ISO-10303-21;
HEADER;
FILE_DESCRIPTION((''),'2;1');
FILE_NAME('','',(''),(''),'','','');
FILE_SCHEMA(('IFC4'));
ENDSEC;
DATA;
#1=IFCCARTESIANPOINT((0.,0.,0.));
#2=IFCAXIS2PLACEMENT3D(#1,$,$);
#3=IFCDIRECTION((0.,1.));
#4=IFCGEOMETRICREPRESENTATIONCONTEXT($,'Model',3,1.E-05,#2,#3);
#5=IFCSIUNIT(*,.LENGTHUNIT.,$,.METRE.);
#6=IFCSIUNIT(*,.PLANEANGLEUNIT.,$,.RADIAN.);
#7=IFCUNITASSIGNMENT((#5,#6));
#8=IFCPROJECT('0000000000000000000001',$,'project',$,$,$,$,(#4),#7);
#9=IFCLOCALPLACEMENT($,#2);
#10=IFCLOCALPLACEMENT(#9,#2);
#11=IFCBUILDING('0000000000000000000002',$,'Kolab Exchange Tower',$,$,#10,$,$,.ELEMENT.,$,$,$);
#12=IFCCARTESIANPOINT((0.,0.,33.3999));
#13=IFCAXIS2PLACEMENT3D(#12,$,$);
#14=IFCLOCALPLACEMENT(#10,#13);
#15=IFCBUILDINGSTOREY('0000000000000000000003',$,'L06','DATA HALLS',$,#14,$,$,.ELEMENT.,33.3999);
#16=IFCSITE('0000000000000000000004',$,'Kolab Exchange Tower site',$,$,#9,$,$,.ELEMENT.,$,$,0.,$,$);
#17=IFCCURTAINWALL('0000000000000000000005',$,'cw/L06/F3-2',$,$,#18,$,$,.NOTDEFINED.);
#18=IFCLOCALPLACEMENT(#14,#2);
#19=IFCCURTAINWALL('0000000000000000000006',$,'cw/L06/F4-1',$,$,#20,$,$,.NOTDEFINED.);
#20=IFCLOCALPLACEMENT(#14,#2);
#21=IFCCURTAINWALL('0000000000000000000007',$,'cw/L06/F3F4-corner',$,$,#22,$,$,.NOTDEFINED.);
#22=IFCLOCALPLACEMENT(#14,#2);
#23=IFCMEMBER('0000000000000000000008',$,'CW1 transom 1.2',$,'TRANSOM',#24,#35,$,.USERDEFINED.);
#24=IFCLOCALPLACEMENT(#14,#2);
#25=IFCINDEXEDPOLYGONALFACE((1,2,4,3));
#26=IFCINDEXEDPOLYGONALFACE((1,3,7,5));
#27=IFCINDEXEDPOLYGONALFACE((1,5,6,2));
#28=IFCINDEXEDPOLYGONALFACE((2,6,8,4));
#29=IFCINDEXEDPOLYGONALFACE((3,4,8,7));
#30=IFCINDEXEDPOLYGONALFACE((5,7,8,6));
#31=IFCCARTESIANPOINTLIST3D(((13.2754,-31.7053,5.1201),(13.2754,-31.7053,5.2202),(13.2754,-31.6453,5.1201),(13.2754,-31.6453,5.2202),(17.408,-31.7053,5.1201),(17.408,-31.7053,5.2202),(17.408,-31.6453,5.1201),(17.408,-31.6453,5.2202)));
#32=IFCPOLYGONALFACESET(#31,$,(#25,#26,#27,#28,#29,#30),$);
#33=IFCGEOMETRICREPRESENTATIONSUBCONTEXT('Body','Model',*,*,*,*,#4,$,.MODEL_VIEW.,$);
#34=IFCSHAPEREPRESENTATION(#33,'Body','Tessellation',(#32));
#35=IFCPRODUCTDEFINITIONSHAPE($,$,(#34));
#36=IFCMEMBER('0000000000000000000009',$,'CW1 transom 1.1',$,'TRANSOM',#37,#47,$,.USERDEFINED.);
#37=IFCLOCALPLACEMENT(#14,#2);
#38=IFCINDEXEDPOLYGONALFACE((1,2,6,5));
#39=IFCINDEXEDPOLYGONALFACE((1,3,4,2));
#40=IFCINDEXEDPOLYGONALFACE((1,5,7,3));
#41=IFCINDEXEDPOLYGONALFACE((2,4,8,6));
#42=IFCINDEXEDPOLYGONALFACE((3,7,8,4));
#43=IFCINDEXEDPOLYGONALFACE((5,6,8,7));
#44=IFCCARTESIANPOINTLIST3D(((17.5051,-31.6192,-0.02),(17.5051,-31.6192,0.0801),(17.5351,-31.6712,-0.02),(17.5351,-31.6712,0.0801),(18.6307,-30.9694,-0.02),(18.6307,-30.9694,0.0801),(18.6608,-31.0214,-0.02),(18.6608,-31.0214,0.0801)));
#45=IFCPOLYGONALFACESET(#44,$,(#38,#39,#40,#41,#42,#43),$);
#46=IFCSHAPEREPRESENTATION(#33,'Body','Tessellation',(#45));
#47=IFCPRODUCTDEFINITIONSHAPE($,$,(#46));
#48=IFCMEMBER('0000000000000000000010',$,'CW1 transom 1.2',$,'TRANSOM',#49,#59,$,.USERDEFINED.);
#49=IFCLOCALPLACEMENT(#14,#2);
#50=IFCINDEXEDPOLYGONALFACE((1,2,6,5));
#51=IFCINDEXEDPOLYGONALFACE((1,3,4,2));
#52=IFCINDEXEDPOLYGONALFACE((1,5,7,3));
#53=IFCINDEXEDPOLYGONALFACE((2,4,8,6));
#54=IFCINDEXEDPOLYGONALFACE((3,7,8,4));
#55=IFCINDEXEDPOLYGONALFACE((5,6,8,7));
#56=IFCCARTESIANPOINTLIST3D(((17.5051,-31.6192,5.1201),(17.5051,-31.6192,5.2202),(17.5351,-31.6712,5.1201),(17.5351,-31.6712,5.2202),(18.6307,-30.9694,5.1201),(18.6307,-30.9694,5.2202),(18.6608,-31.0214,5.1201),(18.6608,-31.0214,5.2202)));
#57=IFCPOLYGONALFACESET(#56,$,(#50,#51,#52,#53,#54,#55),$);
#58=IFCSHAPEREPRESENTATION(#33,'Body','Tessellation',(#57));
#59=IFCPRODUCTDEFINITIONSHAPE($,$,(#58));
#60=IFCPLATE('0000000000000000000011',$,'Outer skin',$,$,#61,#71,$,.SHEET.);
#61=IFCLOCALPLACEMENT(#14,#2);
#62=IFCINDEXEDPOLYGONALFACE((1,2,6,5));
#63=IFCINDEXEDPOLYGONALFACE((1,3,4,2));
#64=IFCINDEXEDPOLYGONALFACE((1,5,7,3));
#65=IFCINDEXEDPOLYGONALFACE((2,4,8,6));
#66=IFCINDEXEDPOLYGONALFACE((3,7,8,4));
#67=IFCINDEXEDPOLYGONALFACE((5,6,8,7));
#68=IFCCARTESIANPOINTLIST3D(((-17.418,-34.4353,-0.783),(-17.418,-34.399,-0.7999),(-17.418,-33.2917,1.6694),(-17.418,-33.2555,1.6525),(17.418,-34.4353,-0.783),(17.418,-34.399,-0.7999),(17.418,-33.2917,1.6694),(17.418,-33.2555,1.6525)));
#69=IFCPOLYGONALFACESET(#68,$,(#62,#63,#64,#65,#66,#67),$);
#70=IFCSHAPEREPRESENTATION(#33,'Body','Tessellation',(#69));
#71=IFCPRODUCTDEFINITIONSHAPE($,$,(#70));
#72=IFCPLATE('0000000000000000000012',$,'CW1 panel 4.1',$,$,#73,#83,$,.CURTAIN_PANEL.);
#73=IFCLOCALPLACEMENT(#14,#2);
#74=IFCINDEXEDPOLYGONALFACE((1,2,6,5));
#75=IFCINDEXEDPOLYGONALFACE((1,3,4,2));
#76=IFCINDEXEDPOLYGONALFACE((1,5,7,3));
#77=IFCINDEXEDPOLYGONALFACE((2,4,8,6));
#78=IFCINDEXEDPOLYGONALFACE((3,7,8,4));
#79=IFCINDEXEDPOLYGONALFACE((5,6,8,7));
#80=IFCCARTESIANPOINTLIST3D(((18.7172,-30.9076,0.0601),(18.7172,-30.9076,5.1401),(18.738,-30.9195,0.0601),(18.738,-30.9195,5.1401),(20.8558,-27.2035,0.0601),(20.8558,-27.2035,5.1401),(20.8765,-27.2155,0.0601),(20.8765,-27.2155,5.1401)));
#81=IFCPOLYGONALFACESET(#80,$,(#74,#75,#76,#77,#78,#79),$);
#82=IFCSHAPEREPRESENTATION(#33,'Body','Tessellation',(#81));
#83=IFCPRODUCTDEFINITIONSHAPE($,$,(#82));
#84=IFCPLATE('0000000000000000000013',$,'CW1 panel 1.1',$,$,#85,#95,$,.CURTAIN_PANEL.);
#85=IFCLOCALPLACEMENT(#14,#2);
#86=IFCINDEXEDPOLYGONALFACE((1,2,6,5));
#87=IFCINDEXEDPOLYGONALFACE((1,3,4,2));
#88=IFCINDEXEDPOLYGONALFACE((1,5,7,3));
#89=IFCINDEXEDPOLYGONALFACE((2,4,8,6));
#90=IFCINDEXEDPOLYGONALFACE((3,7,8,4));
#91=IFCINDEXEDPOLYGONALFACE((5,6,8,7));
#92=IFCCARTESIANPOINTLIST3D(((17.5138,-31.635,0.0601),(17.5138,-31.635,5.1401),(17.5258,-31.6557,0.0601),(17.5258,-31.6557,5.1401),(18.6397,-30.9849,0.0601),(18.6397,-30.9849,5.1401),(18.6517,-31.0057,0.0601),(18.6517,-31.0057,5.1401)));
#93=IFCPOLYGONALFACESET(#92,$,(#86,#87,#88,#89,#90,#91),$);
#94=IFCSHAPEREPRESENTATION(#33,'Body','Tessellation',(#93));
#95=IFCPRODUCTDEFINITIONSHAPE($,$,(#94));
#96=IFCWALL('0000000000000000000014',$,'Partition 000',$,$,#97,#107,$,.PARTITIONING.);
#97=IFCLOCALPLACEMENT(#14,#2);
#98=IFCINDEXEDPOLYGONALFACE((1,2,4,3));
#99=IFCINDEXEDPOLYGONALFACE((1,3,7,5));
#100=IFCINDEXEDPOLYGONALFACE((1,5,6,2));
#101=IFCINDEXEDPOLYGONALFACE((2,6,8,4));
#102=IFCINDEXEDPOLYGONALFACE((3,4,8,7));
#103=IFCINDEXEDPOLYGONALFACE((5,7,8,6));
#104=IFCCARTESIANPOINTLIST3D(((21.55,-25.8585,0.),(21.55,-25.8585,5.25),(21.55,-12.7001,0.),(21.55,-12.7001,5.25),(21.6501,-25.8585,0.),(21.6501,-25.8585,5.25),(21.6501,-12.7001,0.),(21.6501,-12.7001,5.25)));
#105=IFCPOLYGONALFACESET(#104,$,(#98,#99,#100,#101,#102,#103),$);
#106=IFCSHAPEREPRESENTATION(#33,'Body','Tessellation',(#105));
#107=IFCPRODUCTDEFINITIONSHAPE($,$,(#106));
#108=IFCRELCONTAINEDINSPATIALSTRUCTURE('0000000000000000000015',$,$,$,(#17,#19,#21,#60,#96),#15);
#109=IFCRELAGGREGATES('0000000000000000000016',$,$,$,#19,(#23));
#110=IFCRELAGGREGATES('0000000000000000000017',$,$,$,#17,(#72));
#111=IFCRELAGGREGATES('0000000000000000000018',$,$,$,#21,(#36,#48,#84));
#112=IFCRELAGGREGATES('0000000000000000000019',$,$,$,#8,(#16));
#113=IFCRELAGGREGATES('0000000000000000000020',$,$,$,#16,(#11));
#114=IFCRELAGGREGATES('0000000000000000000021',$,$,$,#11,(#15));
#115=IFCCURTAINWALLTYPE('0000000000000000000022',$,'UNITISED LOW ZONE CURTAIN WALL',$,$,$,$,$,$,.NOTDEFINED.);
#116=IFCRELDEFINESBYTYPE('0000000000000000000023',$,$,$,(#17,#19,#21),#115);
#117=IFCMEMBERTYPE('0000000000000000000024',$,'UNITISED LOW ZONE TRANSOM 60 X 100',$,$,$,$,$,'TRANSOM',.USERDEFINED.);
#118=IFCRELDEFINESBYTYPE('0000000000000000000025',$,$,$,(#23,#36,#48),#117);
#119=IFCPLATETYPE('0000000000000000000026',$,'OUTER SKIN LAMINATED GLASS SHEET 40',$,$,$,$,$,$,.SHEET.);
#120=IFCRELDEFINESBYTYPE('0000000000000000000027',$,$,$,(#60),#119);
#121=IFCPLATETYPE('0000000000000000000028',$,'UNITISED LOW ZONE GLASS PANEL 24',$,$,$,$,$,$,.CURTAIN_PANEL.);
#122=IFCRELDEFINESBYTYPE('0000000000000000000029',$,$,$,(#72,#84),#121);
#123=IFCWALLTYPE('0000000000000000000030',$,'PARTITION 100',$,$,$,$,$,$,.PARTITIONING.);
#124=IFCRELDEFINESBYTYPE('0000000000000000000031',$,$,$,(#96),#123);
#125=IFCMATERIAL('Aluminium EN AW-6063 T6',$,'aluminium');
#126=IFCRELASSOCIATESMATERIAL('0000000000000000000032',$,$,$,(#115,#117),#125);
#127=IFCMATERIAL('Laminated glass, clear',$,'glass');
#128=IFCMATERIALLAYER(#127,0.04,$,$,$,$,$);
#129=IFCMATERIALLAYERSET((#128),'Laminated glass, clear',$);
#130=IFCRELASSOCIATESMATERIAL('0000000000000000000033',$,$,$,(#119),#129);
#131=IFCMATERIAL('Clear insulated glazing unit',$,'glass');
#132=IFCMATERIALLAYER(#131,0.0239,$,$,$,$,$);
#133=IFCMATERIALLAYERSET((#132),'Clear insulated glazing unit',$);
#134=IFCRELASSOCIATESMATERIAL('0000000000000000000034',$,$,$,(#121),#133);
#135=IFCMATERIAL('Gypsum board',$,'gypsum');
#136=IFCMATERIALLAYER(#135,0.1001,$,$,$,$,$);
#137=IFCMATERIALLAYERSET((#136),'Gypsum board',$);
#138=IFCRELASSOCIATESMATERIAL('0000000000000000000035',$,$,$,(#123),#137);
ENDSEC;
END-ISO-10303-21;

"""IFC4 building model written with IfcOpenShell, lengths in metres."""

from ifc_helpers import new_model, si_unit, direction, frame, frame_2d, origin, origin_2d, place, context, subcontext, project, spatial, polyline, rectangle, outline, extrude, material, layer, layer_set, material_profile, profile_set, type_object, element, aggregate, save


model = new_model("IFC4")

# Units and contexts
model_context = context("Model", 3, precision=1e-05, world=origin(), true_north=direction((0.0, 1.0)))
body_context = subcontext(model_context, "Body", "Model", "MODEL_VIEW")
ifc_project = project(units=[si_unit("LENGTHUNIT", "METRE"), si_unit("PLANEANGLEUNIT", "RADIAN")], contexts=[model_context])

# Site, building, storey
site_placement = place(None, origin())
site = spatial("IfcSite", under=ifc_project, at=site_placement, Name="Kolab Exchange Tower site", CompositionType="ELEMENT", RefElevation=0.0)
building_placement = place(site_placement, origin())
building = spatial("IfcBuilding", under=site, at=building_placement, Name="Kolab Exchange Tower", CompositionType="ELEMENT")
storey_placement = place(building_placement, frame((0.0, 0.0, 33.3999)))
storey = spatial("IfcBuildingStorey", under=building, at=storey_placement, Name="L06", Description="DATA HALLS", CompositionType="ELEMENT", Elevation=33.3999)

# Curtain wall
ifc_material_1 = material(Name="Aluminium EN AW-6063 T6", Category="aluminium")
curtain_wall_type = type_object("IfcCurtainWallType", Name="UNITISED LOW ZONE CURTAIN WALL", PredefinedType="NOTDEFINED", material=ifc_material_1)
curtain_wall_1_placement = place(storey_placement, origin())
curtain_wall_1 = element("IfcCurtainWall", 1, at=curtain_wall_1_placement, inside=storey, type_object=curtain_wall_type, Name="cw/L06/F3-2", PredefinedType="NOTDEFINED")

# Curtain wall
curtain_wall_2_placement = place(storey_placement, origin())
curtain_wall_2 = element("IfcCurtainWall", 2, at=curtain_wall_2_placement, inside=storey, type_object=curtain_wall_type, Name="cw/L06/F4-1", PredefinedType="NOTDEFINED")

# Curtain wall
curtain_wall_3_placement = place(storey_placement, origin())
curtain_wall_3 = element("IfcCurtainWall", 3, at=curtain_wall_3_placement, inside=storey, type_object=curtain_wall_type, Name="cw/L06/F3F4-corner", PredefinedType="NOTDEFINED")

# Members
ifc_material_profile_1 = material_profile(ifc_material_1, rectangle(XDim=0.0601, YDim=0.1001, at=origin_2d()), Name="RECT 60X100")
ifc_profile_set_1 = profile_set([ifc_material_profile_1], Name="Aluminium EN AW-6063 T6")
member_type_1 = type_object("IfcMemberType", Name="UNITISED LOW ZONE TRANSOM 60 X 100", ElementType="TRANSOM", PredefinedType="USERDEFINED", material=ifc_profile_set_1)
member_1_placement = place(storey_placement, frame((17.408, -31.6753, 5.1702), z_axis=(-1.0, 0.0, 0.0), x_axis=(0.0, -1.0, 0.0)))
member_1 = element("IfcMember", 4, at=member_1_placement, type_object=member_type_1, Name="CW1 transom 1.2", ObjectType="TRANSOM", PredefinedType="USERDEFINED", context=body_context, shape_type="SweptSolid", body=[
    extrude(rectangle(XDim=0.0601, YDim=0.1001, at=origin_2d()), origin(), (0.0, 0.0, 1.0), 4.1326),
])
aggregate(curtain_wall_2, [member_1])
member_2_placement = place(storey_placement, frame((18.6458, -30.9954, 0.03), z_axis=(-0.866039, -0.499977, 0.0), x_axis=(0.499977, -0.866039, 0.0)))
member_2 = element("IfcMember", 5, at=member_2_placement, type_object=member_type_1, Name="CW1 transom 1.1", ObjectType="TRANSOM", PredefinedType="USERDEFINED", context=body_context, shape_type="SweptSolid", body=[
    extrude(rectangle(XDim=0.0601, YDim=0.1001, at=origin_2d()), origin(), (0.0, 0.0, 1.0), 1.2998),
])
member_3_placement = place(storey_placement, frame((18.6458, -30.9954, 5.1702), z_axis=(-0.866039, -0.499977, 0.0), x_axis=(0.499977, -0.866039, 0.0)))
member_3 = element("IfcMember", 6, at=member_3_placement, type_object=member_type_1, Name="CW1 transom 1.2", ObjectType="TRANSOM", PredefinedType="USERDEFINED", context=body_context, shape_type="SweptSolid", body=[
    extrude(rectangle(XDim=0.0601, YDim=0.1001, at=origin_2d()), origin(), (0.0, 0.0, 1.0), 1.2998),
])

# Plates
ifc_material_2 = material(Name="Laminated glass, clear", Category="glass")
ifc_layer_1 = layer(ifc_material_2, 0.04)
ifc_layer_set_1 = layer_set([ifc_layer_1], Name="Laminated glass, clear")
plate_type_1 = type_object("IfcPlateType", Name="OUTER SKIN LAMINATED GLASS SHEET 40", PredefinedType="SHEET", material=ifc_layer_set_1)
plate_1_placement = place(storey_placement, frame((17.418, -34.4353, -0.783), z_axis=(0.0, -0.90631, 0.422614), x_axis=(-1.0, 0.0, 0.0)))
element("IfcPlate", 7, at=plate_1_placement, inside=storey, type_object=plate_type_1, Name="Outer skin", PredefinedType="SHEET", context=body_context, shape_type="SweptSolid", body=[
    extrude(outline(polyline([(0.0, 0.0), (34.8359, 0.0), (34.8359, -2.7059), (0.0, -2.7059), (0.0, 0.0)])), origin(), (0.0, 0.0, -1.0), 0.04),
])
ifc_material_3 = material(Name="Clear insulated glazing unit", Category="glass")
ifc_layer_2 = layer(ifc_material_3, 0.0239)
ifc_layer_set_2 = layer_set([ifc_layer_2], Name="Clear insulated glazing unit")
plate_type_2 = type_object("IfcPlateType", Name="UNITISED LOW ZONE GLASS PANEL 24", PredefinedType="CURTAIN_PANEL", material=ifc_layer_set_2)
plate_2_placement = place(storey_placement, frame((19.7969, -29.0615, 0.0601), z_axis=(0.0, 0.0, 1.0), x_axis=(-0.5, -0.866025, 0.0)))
plate_2 = element("IfcPlate", 8, at=plate_2_placement, type_object=plate_type_2, Name="CW1 panel 4.1", PredefinedType="CURTAIN_PANEL", context=body_context, shape_type="SweptSolid", body=[
    extrude(rectangle(XDim=4.2771, YDim=0.0239, at=origin_2d()), origin(), (0.0, 0.0, 1.0), 5.0801),
])
aggregate(curtain_wall_1, [plate_2])
plate_3_placement = place(storey_placement, frame((18.0828, -31.3203, 0.0601), z_axis=(0.0, 0.0, 1.0), x_axis=(-0.866025, -0.5, 0.0)))
plate_3 = element("IfcPlate", 9, at=plate_3_placement, type_object=plate_type_2, Name="CW1 panel 1.1", PredefinedType="CURTAIN_PANEL", context=body_context, shape_type="SweptSolid", body=[
    extrude(rectangle(XDim=1.3, YDim=0.0239, at=origin_2d()), origin(), (0.0, 0.0, 1.0), 5.0801),
])
aggregate(curtain_wall_3, [member_2, member_3, plate_3])

# Wall
ifc_material_4 = material(Name="Gypsum board", Category="gypsum")
ifc_layer_3 = layer(ifc_material_4, 0.1001)
ifc_layer_set_3 = layer_set([ifc_layer_3], Name="Gypsum board")
wall_type = type_object("IfcWallType", Name="PARTITION 100", PredefinedType="PARTITIONING", material=ifc_layer_set_3)
wall_placement = place(storey_placement, frame((21.6001, -25.8584, 0.0), z_axis=(0.0, 0.0, 1.0), x_axis=(0.0, 1.0, 0.0)))
element("IfcWall", 10, at=wall_placement, inside=storey, type_object=wall_type, Name="Partition 000", PredefinedType="PARTITIONING", context=body_context, shape_type="SweptSolid", body=[
    extrude(rectangle(XDim=13.1584, YDim=0.1001, at=frame_2d((6.5791, 0.0))), origin(), (0.0, 0.0, 1.0), 5.25),
])

save(model, "model.ifc")
